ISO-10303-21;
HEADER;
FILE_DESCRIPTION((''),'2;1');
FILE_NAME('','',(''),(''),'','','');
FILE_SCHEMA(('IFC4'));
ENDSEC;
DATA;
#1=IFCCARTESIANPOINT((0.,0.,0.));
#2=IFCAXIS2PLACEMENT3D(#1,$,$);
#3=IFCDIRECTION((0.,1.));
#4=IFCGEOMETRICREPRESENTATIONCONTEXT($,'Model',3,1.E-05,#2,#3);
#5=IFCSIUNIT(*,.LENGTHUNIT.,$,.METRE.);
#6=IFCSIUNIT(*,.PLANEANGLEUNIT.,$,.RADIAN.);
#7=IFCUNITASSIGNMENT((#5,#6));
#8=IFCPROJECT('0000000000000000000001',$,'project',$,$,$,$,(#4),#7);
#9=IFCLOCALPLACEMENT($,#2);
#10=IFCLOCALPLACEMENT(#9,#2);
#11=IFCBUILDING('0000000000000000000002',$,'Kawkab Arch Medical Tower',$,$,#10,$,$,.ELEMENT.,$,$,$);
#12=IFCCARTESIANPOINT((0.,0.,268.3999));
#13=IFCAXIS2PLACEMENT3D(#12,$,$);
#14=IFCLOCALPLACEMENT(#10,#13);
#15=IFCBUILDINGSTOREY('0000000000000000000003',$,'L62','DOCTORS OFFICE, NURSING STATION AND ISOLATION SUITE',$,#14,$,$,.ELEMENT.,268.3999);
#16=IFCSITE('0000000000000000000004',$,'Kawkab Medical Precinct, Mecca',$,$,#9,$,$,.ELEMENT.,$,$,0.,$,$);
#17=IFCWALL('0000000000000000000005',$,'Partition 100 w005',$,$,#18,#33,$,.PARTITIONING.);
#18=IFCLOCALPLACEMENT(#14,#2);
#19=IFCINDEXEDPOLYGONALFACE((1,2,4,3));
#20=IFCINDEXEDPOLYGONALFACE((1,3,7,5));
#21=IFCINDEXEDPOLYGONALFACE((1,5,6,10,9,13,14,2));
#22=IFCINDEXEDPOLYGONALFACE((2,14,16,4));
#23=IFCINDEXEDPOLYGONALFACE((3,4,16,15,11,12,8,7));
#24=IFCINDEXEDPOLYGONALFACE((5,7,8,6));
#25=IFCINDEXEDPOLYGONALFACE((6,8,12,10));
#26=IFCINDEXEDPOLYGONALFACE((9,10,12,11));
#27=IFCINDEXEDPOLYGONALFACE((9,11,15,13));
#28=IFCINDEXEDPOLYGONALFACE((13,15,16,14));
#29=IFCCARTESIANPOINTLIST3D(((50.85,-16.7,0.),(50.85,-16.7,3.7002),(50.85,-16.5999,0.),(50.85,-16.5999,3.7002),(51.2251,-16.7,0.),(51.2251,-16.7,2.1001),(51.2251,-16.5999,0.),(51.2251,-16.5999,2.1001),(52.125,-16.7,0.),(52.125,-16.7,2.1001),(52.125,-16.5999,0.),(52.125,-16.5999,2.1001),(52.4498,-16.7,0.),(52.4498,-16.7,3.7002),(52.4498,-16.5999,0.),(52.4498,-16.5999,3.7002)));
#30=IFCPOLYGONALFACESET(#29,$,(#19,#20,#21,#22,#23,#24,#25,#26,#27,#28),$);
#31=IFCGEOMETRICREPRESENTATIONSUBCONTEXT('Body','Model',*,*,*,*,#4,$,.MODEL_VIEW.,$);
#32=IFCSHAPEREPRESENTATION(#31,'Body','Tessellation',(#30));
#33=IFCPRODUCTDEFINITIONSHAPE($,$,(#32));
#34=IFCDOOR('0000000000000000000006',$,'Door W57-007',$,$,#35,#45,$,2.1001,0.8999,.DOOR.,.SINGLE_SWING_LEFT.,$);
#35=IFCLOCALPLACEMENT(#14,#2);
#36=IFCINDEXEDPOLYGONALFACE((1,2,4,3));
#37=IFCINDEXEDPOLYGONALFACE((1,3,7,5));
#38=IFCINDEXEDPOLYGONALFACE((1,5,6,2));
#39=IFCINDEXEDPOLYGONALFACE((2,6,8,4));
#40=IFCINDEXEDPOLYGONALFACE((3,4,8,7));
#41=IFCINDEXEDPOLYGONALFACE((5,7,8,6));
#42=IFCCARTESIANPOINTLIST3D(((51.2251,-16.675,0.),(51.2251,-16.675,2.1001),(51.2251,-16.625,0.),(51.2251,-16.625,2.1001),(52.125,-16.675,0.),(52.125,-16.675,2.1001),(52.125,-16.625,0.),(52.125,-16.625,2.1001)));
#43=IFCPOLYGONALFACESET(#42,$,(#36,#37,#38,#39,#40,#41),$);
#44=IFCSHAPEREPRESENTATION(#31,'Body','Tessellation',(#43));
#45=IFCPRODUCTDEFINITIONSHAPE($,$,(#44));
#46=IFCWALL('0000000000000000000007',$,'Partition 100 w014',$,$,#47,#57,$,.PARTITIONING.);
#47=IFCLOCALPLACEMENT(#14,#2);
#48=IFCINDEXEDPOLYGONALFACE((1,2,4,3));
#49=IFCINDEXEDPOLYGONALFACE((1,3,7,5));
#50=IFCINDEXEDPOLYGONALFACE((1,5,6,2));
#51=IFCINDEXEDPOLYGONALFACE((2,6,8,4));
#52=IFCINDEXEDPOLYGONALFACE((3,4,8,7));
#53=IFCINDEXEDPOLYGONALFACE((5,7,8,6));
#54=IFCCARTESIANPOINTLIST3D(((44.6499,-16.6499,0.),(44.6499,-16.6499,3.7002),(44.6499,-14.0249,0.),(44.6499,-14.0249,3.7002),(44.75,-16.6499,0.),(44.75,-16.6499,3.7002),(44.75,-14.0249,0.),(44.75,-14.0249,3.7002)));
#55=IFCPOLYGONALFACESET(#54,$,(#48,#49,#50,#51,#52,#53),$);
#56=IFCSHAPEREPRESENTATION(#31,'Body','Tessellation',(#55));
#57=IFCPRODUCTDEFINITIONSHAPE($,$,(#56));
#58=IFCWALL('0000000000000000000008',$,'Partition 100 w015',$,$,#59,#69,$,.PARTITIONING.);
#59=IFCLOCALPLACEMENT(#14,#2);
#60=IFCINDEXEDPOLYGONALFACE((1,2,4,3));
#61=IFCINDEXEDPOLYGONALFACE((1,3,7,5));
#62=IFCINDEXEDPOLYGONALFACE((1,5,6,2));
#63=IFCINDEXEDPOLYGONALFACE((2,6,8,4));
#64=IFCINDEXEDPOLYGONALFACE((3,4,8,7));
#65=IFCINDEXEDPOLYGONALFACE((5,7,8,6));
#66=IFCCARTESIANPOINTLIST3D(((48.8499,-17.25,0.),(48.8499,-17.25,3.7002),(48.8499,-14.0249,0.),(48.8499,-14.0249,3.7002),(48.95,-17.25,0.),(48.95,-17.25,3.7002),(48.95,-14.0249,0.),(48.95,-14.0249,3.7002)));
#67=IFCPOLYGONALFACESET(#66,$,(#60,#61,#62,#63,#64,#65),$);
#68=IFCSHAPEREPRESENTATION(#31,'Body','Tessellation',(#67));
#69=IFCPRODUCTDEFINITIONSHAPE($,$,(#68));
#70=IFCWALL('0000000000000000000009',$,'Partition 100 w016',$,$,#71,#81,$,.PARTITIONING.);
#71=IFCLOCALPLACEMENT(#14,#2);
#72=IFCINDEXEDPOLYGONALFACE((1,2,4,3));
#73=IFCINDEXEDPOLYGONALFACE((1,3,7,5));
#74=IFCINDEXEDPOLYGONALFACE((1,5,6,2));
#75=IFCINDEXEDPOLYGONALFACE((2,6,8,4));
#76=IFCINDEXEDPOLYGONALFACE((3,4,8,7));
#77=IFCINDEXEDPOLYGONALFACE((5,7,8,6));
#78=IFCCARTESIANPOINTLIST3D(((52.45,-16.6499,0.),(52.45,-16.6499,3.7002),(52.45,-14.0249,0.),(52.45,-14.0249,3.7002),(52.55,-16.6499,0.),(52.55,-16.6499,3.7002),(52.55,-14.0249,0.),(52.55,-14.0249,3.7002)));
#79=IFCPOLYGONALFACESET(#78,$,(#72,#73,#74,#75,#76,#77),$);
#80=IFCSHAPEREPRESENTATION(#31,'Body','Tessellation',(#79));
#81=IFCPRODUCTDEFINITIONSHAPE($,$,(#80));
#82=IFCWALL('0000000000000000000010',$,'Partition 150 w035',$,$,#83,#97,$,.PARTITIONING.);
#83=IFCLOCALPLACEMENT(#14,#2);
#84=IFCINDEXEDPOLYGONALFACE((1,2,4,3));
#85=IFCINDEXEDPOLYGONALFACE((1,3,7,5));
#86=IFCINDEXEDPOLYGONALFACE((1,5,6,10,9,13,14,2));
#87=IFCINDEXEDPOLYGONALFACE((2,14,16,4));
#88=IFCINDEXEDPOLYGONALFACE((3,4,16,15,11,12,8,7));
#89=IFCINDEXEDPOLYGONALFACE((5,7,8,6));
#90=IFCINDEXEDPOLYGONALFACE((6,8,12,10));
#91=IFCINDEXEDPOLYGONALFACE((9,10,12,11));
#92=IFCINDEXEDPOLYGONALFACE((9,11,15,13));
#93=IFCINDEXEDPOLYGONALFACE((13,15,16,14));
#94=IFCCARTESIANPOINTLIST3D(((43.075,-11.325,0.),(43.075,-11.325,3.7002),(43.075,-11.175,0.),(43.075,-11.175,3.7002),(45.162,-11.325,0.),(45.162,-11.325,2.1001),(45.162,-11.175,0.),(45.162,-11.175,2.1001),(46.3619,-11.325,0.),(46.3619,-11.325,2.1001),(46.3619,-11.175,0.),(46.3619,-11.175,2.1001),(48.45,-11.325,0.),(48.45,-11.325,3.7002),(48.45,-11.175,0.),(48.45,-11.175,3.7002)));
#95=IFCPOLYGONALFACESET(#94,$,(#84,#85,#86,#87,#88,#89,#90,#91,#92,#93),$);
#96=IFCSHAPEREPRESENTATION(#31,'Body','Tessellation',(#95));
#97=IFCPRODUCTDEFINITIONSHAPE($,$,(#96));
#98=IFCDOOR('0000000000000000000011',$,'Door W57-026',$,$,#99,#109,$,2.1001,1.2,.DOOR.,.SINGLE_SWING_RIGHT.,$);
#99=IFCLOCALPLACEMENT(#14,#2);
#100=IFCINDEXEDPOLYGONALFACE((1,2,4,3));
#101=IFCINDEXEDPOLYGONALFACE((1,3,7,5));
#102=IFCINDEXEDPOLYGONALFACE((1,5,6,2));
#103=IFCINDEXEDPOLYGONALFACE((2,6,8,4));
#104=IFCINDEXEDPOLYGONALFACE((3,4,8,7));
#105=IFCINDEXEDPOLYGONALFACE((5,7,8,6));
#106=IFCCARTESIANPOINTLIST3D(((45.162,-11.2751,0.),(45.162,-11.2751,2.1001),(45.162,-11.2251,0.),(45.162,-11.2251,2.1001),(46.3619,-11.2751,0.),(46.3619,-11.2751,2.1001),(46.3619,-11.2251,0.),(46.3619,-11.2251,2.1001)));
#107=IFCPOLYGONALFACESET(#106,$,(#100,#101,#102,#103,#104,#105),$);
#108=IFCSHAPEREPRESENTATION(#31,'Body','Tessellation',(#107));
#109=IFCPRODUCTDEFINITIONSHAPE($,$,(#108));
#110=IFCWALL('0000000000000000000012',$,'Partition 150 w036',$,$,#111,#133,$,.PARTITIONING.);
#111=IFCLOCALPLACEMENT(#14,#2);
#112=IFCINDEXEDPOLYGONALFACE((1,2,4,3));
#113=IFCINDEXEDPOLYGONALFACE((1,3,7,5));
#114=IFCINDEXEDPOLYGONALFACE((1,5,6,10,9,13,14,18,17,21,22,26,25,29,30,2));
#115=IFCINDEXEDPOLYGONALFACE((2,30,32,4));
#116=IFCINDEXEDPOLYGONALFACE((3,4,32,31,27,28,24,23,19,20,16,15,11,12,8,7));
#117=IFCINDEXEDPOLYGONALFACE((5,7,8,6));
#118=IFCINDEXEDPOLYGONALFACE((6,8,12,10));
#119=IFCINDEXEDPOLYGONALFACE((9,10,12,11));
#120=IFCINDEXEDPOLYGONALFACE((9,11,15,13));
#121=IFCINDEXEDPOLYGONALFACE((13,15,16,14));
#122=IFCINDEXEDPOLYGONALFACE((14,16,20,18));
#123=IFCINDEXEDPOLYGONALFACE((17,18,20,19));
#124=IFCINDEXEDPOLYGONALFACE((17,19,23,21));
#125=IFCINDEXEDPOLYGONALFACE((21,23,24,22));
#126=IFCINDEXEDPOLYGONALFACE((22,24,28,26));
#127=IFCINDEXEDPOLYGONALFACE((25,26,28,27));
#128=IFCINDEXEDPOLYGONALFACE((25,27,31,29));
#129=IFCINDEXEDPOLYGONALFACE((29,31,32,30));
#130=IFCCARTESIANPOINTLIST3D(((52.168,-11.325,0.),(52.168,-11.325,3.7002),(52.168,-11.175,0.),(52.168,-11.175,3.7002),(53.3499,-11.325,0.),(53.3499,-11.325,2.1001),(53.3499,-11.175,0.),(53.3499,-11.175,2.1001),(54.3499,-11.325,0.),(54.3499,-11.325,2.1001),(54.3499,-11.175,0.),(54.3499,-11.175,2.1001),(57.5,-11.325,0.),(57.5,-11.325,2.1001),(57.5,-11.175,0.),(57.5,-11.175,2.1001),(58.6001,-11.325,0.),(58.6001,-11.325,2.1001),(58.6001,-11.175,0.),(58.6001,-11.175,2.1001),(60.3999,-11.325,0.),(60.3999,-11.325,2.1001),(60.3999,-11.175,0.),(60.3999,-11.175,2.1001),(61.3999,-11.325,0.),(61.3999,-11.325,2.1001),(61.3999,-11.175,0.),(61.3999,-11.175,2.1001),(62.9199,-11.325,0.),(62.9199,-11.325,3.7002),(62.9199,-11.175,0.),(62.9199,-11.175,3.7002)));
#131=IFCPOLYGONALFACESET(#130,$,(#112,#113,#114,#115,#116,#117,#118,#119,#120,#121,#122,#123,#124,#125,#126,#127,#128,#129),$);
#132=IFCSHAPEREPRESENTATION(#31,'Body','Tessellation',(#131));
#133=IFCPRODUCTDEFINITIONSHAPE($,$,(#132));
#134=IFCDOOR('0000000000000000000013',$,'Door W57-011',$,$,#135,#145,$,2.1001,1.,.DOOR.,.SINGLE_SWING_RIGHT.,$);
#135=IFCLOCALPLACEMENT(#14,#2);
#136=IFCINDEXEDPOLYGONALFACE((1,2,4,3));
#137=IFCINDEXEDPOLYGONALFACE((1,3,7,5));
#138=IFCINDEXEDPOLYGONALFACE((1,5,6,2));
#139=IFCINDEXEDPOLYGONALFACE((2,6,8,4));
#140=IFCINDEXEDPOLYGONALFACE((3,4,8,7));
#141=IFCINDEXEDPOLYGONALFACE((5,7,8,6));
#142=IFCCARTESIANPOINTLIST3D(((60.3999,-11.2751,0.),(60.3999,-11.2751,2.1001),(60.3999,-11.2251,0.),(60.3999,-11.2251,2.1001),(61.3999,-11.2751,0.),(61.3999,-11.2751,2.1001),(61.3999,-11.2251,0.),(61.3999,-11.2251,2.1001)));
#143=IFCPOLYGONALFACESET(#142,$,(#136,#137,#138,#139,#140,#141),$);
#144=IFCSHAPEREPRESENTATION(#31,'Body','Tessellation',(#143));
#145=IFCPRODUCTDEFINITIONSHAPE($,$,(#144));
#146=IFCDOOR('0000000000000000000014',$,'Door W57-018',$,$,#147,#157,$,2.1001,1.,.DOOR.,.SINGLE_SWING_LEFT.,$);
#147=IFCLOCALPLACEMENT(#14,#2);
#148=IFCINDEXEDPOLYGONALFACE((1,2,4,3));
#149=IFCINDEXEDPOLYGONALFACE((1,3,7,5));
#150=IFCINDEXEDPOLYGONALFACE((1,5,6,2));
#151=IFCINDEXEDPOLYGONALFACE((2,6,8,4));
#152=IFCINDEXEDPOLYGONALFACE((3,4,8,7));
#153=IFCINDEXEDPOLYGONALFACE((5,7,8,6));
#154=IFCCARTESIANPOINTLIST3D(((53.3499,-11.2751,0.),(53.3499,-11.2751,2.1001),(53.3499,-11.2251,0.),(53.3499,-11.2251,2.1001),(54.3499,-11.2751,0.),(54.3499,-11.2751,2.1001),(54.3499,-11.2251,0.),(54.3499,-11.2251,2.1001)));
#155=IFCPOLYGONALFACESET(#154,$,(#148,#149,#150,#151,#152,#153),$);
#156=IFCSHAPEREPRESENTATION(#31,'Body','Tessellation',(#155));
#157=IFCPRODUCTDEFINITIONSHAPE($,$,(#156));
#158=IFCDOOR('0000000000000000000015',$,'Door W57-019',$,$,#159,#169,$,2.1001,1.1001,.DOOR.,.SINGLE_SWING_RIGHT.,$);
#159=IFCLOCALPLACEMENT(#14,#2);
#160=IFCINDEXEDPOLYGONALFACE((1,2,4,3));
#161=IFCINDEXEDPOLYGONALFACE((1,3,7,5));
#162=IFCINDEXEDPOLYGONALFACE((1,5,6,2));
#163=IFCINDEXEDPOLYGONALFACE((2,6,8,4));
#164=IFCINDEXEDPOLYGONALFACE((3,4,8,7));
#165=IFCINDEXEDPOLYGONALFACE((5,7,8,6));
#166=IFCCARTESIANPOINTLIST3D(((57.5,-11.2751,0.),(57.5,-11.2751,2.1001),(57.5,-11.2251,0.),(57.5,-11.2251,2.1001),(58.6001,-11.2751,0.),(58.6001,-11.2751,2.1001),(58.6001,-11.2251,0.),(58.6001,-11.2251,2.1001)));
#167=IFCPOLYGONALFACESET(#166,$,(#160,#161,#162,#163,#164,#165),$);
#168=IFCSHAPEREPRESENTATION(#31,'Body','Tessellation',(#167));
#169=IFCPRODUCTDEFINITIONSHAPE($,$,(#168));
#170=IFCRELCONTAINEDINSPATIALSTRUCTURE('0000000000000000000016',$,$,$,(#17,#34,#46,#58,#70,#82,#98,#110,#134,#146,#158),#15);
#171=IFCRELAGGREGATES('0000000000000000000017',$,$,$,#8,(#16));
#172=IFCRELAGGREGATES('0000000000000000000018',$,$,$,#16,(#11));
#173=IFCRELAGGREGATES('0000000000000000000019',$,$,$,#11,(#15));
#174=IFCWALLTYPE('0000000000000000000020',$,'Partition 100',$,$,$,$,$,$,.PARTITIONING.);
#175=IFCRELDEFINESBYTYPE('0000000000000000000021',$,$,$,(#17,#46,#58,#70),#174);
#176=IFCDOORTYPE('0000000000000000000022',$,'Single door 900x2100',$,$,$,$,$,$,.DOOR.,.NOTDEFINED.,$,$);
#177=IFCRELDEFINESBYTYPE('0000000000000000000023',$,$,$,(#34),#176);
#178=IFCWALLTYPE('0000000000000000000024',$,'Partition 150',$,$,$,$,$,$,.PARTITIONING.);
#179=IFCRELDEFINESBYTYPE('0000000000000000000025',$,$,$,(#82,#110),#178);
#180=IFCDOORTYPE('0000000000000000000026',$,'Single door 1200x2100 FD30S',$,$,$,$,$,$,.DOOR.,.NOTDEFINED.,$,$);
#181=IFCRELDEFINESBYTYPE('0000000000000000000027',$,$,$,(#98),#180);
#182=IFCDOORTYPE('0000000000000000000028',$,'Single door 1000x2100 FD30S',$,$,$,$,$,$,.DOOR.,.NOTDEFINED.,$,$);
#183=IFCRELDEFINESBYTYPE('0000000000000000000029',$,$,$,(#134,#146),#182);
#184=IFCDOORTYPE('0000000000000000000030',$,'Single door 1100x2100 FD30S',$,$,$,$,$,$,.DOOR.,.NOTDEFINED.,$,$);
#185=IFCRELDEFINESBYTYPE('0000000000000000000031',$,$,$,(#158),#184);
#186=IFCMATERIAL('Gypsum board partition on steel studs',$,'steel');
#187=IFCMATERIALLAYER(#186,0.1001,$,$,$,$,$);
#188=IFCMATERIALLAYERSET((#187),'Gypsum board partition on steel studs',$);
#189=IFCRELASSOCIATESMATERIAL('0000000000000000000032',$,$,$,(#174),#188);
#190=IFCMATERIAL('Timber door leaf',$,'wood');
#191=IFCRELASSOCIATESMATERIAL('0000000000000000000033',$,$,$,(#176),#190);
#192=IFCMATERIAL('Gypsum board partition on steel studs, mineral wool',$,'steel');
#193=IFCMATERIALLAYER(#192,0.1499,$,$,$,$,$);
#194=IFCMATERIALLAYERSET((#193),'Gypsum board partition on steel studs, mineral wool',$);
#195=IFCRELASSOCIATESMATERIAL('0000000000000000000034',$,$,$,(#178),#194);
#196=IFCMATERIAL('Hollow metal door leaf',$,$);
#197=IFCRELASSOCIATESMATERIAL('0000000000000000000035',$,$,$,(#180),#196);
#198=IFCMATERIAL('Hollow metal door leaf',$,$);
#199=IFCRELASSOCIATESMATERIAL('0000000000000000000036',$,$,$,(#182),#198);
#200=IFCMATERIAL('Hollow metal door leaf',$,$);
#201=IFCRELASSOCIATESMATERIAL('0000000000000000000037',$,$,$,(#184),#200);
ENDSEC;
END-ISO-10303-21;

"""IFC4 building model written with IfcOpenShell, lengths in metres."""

from ifc_helpers import new_model, si_unit, direction, frame, frame_2d, origin, place, context, subcontext, project, spatial, rectangle, extrude, material, layer, layer_set, type_object, element, fill, save


model = new_model("IFC4")

# Units and contexts
model_context = context("Model", 3, precision=1e-05, world=origin(), true_north=direction((0.0, 1.0)))
body_context = subcontext(model_context, "Body", "Model", "MODEL_VIEW")
ifc_project = project(units=[si_unit("LENGTHUNIT", "METRE"), si_unit("PLANEANGLEUNIT", "RADIAN")], contexts=[model_context])

# Site, building, storey
site_placement = place(None, origin())
site = spatial("IfcSite", under=ifc_project, at=site_placement, Name="Kawkab Medical Precinct, Mecca", CompositionType="ELEMENT", RefElevation=0.0)
building_placement = place(site_placement, origin())
building = spatial("IfcBuilding", under=site, at=building_placement, Name="Kawkab Arch Medical Tower", CompositionType="ELEMENT")
storey_placement = place(building_placement, frame((0.0, 0.0, 268.3999)))
storey = spatial("IfcBuildingStorey", under=building, at=storey_placement, Name="L62", Description="DOCTORS OFFICE, NURSING STATION AND ISOLATION SUITE", CompositionType="ELEMENT", Elevation=268.3999)

# Wall, opening, door
ifc_material_1 = material(Name="Gypsum board partition on steel studs", Category="steel")
ifc_layer_1 = layer(ifc_material_1, 0.1001)
ifc_layer_set_1 = layer_set([ifc_layer_1], Name="Gypsum board partition on steel studs")
wall_type_1 = type_object("IfcWallType", Name="Partition 100", PredefinedType="PARTITIONING", material=ifc_layer_set_1)
ifc_material_2 = material(Name="Timber door leaf", Category="wood")
door_type_1 = type_object("IfcDoorType", Name="Single door 900x2100", OperationType="NOTDEFINED", PredefinedType="DOOR", material=ifc_material_2)
wall_1_placement = place(storey_placement, frame((50.8501, -16.6499, 0.0), z_axis=(0.0, 0.0, 1.0), x_axis=(1.0, 0.0, 0.0)))
wall_1 = element("IfcWall", 1, at=wall_1_placement, inside=storey, type_object=wall_type_1, Name="Partition 100 w005", PredefinedType="PARTITIONING", context=body_context, shape_type="SweptSolid", body=[
    extrude(rectangle(XDim=1.5999, YDim=0.1001, at=frame_2d((0.7998, 0.0))), origin(), (0.0, 0.0, 1.0), 3.7002),
])
opening_1_placement = place(wall_1_placement, frame((0.375, 0.0, 0.0)))
opening_1 = element("IfcOpeningElement", 2, at=opening_1_placement, cuts=wall_1, PredefinedType="OPENING", context=body_context, shape_type="SweptSolid", body=[
    extrude(rectangle(XDim=0.8999, YDim=2.1001, at=frame_2d((0.45, 1.05))), frame((0.0, 0.0601, 0.0), z_axis=(0.0, -1.0, 0.0), x_axis=(1.0, 0.0, 0.0)), (0.0, 0.0, 1.0), 0.1201),
])
door_1_placement = place(opening_1_placement, origin())
door_1 = element("IfcDoor", 3, at=door_1_placement, inside=storey, type_object=door_type_1, Name="Door W57-007", OperationType="SINGLE_SWING_LEFT", OverallHeight=2.1001, OverallWidth=0.8999, PredefinedType="DOOR", context=body_context, shape_type="SweptSolid", body=[
    extrude(rectangle(XDim=0.8999, YDim=2.1001, at=frame_2d((0.45, 1.05))), frame((0.0, 0.0249, 0.0), z_axis=(0.0, -1.0, 0.0), x_axis=(1.0, 0.0, 0.0)), (0.0, 0.0, 1.0), 0.05),
])
fill(opening_1, door_1)

# Walls
wall_2_placement = place(storey_placement, frame((44.7, -16.6499, 0.0), z_axis=(0.0, 0.0, 1.0), x_axis=(0.0, 1.0, 0.0)))
element("IfcWall", 4, at=wall_2_placement, inside=storey, type_object=wall_type_1, Name="Partition 100 w014", PredefinedType="PARTITIONING", context=body_context, shape_type="SweptSolid", body=[
    extrude(rectangle(XDim=2.625, YDim=0.1001, at=frame_2d((1.3125, 0.0))), origin(), (0.0, 0.0, 1.0), 3.7002),
])
wall_3_placement = place(storey_placement, frame((48.8999, -17.25, 0.0), z_axis=(0.0, 0.0, 1.0), x_axis=(0.0, 1.0, 0.0)))
element("IfcWall", 5, at=wall_3_placement, inside=storey, type_object=wall_type_1, Name="Partition 100 w015", PredefinedType="PARTITIONING", context=body_context, shape_type="SweptSolid", body=[
    extrude(rectangle(XDim=3.2251, YDim=0.1001, at=frame_2d((1.6125, 0.0))), origin(), (0.0, 0.0, 1.0), 3.7002),
])
wall_4_placement = place(storey_placement, frame((52.5, -16.6499, 0.0), z_axis=(0.0, 0.0, 1.0), x_axis=(0.0, 1.0, 0.0)))
element("IfcWall", 6, at=wall_4_placement, inside=storey, type_object=wall_type_1, Name="Partition 100 w016", PredefinedType="PARTITIONING", context=body_context, shape_type="SweptSolid", body=[
    extrude(rectangle(XDim=2.625, YDim=0.1001, at=frame_2d((1.3125, 0.0))), origin(), (0.0, 0.0, 1.0), 3.7002),
])

# Wall, opening, door
ifc_material_3 = material(Name="Gypsum board partition on steel studs, mineral wool", Category="steel")
ifc_layer_2 = layer(ifc_material_3, 0.1499)
ifc_layer_set_2 = layer_set([ifc_layer_2], Name="Gypsum board partition on steel studs, mineral wool")
wall_type_2 = type_object("IfcWallType", Name="Partition 150", PredefinedType="PARTITIONING", material=ifc_layer_set_2)
wall_5_placement = place(storey_placement, frame((43.075, -11.25, 0.0), z_axis=(0.0, 0.0, 1.0), x_axis=(1.0, 0.0, 0.0)))
wall_5 = element("IfcWall", 7, at=wall_5_placement, inside=storey, type_object=wall_type_2, Name="Partition 150 w035", PredefinedType="PARTITIONING", context=body_context, shape_type="SweptSolid", body=[
    extrude(rectangle(XDim=5.375, YDim=0.1499, at=frame_2d((2.6875, 0.0))), origin(), (0.0, 0.0, 1.0), 3.7002),
])
opening_2_placement = place(wall_5_placement, frame((2.0869, 0.0, 0.0)))
opening_2 = element("IfcOpeningElement", 8, at=opening_2_placement, cuts=wall_5, PredefinedType="OPENING", context=body_context, shape_type="SweptSolid", body=[
    extrude(rectangle(XDim=1.2, YDim=2.1001, at=frame_2d((0.6001, 1.05))), frame((0.0, 0.085, 0.0), z_axis=(0.0, -1.0, 0.0), x_axis=(1.0, 0.0, 0.0)), (0.0, 0.0, 1.0), 0.1699),
])
ifc_material_4 = material(Name="Hollow metal door leaf")
door_type_2 = type_object("IfcDoorType", Name="Single door 1200x2100 FD30S", OperationType="NOTDEFINED", PredefinedType="DOOR", material=ifc_material_4)
door_2_placement = place(opening_2_placement, origin())
door_2 = element("IfcDoor", 9, at=door_2_placement, inside=storey, type_object=door_type_2, Name="Door W57-026", OperationType="SINGLE_SWING_RIGHT", OverallHeight=2.1001, OverallWidth=1.2, PredefinedType="DOOR", context=body_context, shape_type="SweptSolid", body=[
    extrude(rectangle(XDim=1.2, YDim=2.1001, at=frame_2d((0.6001, 1.05))), frame((0.0, 0.0249, 0.0), z_axis=(0.0, -1.0, 0.0), x_axis=(1.0, 0.0, 0.0)), (0.0, 0.0, 1.0), 0.05),
])
fill(opening_2, door_2)

# Wall, openings, doors
wall_6_placement = place(storey_placement, frame((52.168, -11.25, 0.0), z_axis=(0.0, 0.0, 1.0), x_axis=(1.0, 0.0, 0.0)))
wall_6 = element("IfcWall", 10, at=wall_6_placement, inside=storey, type_object=wall_type_2, Name="Partition 150 w036", PredefinedType="PARTITIONING", context=body_context, shape_type="SweptSolid", body=[
    extrude(rectangle(XDim=10.752, YDim=0.1499, at=frame_2d((5.376, 0.0))), origin(), (0.0, 0.0, 1.0), 3.7002),
])
opening_3_placement = place(wall_6_placement, frame((5.332, 0.0, 0.0)))
opening_3 = element("IfcOpeningElement", 11, at=opening_3_placement, cuts=wall_6, PredefinedType="OPENING", context=body_context, shape_type="SweptSolid", body=[
    extrude(rectangle(XDim=1.1001, YDim=2.1001, at=frame_2d((0.55, 1.05))), frame((0.0, 0.085, 0.0), z_axis=(0.0, -1.0, 0.0), x_axis=(1.0, 0.0, 0.0)), (0.0, 0.0, 1.0), 0.1699),
])
opening_4_placement = place(wall_6_placement, frame((8.2319, 0.0, 0.0)))
opening_4 = element("IfcOpeningElement", 12, at=opening_4_placement, cuts=wall_6, PredefinedType="OPENING", context=body_context, shape_type="SweptSolid", body=[
    extrude(rectangle(XDim=1.0, YDim=2.1001, at=frame_2d((0.5, 1.05))), frame((0.0, 0.085, 0.0), z_axis=(0.0, -1.0, 0.0), x_axis=(1.0, 0.0, 0.0)), (0.0, 0.0, 1.0), 0.1699),
])
opening_5_placement = place(wall_6_placement, frame((1.1819, 0.0, 0.0)))
opening_5 = element("IfcOpeningElement", 13, at=opening_5_placement, cuts=wall_6, PredefinedType="OPENING", context=body_context, shape_type="SweptSolid", body=[
    extrude(rectangle(XDim=1.0, YDim=2.1001, at=frame_2d((0.5, 1.05))), frame((0.0, 0.085, 0.0), z_axis=(0.0, -1.0, 0.0), x_axis=(1.0, 0.0, 0.0)), (0.0, 0.0, 1.0), 0.1699),
])
ifc_material_5 = material(Name="Hollow metal door leaf")
door_type_3 = type_object("IfcDoorType", Name="Single door 1000x2100 FD30S", OperationType="NOTDEFINED", PredefinedType="DOOR", material=ifc_material_5)
door_3_placement = place(opening_4_placement, origin())
door_3 = element("IfcDoor", 14, at=door_3_placement, inside=storey, type_object=door_type_3, Name="Door W57-011", OperationType="SINGLE_SWING_RIGHT", OverallHeight=2.1001, OverallWidth=1.0, PredefinedType="DOOR", context=body_context, shape_type="SweptSolid", body=[
    extrude(rectangle(XDim=1.0, YDim=2.1001, at=frame_2d((0.5, 1.05))), frame((0.0, 0.0249, 0.0), z_axis=(0.0, -1.0, 0.0), x_axis=(1.0, 0.0, 0.0)), (0.0, 0.0, 1.0), 0.05),
])
fill(opening_4, door_3)
door_4_placement = place(opening_5_placement, origin())
door_4 = element("IfcDoor", 15, at=door_4_placement, inside=storey, type_object=door_type_3, Name="Door W57-018", OperationType="SINGLE_SWING_LEFT", OverallHeight=2.1001, OverallWidth=1.0, PredefinedType="DOOR", context=body_context, shape_type="SweptSolid", body=[
    extrude(rectangle(XDim=1.0, YDim=2.1001, at=frame_2d((0.5, 1.05))), frame((0.0, 0.0249, 0.0), z_axis=(0.0, -1.0, 0.0), x_axis=(1.0, 0.0, 0.0)), (0.0, 0.0, 1.0), 0.05),
])
fill(opening_5, door_4)
ifc_material_6 = material(Name="Hollow metal door leaf")
door_type_4 = type_object("IfcDoorType", Name="Single door 1100x2100 FD30S", OperationType="NOTDEFINED", PredefinedType="DOOR", material=ifc_material_6)
door_5_placement = place(opening_3_placement, origin())
door_5 = element("IfcDoor", 16, at=door_5_placement, inside=storey, type_object=door_type_4, Name="Door W57-019", OperationType="SINGLE_SWING_RIGHT", OverallHeight=2.1001, OverallWidth=1.1001, PredefinedType="DOOR", context=body_context, shape_type="SweptSolid", body=[
    extrude(rectangle(XDim=1.1001, YDim=2.1001, at=frame_2d((0.55, 1.05))), frame((0.0, 0.0249, 0.0), z_axis=(0.0, -1.0, 0.0), x_axis=(1.0, 0.0, 0.0)), (0.0, 0.0, 1.0), 0.05),
])
fill(opening_3, door_5)

save(model, "model.ifc")
